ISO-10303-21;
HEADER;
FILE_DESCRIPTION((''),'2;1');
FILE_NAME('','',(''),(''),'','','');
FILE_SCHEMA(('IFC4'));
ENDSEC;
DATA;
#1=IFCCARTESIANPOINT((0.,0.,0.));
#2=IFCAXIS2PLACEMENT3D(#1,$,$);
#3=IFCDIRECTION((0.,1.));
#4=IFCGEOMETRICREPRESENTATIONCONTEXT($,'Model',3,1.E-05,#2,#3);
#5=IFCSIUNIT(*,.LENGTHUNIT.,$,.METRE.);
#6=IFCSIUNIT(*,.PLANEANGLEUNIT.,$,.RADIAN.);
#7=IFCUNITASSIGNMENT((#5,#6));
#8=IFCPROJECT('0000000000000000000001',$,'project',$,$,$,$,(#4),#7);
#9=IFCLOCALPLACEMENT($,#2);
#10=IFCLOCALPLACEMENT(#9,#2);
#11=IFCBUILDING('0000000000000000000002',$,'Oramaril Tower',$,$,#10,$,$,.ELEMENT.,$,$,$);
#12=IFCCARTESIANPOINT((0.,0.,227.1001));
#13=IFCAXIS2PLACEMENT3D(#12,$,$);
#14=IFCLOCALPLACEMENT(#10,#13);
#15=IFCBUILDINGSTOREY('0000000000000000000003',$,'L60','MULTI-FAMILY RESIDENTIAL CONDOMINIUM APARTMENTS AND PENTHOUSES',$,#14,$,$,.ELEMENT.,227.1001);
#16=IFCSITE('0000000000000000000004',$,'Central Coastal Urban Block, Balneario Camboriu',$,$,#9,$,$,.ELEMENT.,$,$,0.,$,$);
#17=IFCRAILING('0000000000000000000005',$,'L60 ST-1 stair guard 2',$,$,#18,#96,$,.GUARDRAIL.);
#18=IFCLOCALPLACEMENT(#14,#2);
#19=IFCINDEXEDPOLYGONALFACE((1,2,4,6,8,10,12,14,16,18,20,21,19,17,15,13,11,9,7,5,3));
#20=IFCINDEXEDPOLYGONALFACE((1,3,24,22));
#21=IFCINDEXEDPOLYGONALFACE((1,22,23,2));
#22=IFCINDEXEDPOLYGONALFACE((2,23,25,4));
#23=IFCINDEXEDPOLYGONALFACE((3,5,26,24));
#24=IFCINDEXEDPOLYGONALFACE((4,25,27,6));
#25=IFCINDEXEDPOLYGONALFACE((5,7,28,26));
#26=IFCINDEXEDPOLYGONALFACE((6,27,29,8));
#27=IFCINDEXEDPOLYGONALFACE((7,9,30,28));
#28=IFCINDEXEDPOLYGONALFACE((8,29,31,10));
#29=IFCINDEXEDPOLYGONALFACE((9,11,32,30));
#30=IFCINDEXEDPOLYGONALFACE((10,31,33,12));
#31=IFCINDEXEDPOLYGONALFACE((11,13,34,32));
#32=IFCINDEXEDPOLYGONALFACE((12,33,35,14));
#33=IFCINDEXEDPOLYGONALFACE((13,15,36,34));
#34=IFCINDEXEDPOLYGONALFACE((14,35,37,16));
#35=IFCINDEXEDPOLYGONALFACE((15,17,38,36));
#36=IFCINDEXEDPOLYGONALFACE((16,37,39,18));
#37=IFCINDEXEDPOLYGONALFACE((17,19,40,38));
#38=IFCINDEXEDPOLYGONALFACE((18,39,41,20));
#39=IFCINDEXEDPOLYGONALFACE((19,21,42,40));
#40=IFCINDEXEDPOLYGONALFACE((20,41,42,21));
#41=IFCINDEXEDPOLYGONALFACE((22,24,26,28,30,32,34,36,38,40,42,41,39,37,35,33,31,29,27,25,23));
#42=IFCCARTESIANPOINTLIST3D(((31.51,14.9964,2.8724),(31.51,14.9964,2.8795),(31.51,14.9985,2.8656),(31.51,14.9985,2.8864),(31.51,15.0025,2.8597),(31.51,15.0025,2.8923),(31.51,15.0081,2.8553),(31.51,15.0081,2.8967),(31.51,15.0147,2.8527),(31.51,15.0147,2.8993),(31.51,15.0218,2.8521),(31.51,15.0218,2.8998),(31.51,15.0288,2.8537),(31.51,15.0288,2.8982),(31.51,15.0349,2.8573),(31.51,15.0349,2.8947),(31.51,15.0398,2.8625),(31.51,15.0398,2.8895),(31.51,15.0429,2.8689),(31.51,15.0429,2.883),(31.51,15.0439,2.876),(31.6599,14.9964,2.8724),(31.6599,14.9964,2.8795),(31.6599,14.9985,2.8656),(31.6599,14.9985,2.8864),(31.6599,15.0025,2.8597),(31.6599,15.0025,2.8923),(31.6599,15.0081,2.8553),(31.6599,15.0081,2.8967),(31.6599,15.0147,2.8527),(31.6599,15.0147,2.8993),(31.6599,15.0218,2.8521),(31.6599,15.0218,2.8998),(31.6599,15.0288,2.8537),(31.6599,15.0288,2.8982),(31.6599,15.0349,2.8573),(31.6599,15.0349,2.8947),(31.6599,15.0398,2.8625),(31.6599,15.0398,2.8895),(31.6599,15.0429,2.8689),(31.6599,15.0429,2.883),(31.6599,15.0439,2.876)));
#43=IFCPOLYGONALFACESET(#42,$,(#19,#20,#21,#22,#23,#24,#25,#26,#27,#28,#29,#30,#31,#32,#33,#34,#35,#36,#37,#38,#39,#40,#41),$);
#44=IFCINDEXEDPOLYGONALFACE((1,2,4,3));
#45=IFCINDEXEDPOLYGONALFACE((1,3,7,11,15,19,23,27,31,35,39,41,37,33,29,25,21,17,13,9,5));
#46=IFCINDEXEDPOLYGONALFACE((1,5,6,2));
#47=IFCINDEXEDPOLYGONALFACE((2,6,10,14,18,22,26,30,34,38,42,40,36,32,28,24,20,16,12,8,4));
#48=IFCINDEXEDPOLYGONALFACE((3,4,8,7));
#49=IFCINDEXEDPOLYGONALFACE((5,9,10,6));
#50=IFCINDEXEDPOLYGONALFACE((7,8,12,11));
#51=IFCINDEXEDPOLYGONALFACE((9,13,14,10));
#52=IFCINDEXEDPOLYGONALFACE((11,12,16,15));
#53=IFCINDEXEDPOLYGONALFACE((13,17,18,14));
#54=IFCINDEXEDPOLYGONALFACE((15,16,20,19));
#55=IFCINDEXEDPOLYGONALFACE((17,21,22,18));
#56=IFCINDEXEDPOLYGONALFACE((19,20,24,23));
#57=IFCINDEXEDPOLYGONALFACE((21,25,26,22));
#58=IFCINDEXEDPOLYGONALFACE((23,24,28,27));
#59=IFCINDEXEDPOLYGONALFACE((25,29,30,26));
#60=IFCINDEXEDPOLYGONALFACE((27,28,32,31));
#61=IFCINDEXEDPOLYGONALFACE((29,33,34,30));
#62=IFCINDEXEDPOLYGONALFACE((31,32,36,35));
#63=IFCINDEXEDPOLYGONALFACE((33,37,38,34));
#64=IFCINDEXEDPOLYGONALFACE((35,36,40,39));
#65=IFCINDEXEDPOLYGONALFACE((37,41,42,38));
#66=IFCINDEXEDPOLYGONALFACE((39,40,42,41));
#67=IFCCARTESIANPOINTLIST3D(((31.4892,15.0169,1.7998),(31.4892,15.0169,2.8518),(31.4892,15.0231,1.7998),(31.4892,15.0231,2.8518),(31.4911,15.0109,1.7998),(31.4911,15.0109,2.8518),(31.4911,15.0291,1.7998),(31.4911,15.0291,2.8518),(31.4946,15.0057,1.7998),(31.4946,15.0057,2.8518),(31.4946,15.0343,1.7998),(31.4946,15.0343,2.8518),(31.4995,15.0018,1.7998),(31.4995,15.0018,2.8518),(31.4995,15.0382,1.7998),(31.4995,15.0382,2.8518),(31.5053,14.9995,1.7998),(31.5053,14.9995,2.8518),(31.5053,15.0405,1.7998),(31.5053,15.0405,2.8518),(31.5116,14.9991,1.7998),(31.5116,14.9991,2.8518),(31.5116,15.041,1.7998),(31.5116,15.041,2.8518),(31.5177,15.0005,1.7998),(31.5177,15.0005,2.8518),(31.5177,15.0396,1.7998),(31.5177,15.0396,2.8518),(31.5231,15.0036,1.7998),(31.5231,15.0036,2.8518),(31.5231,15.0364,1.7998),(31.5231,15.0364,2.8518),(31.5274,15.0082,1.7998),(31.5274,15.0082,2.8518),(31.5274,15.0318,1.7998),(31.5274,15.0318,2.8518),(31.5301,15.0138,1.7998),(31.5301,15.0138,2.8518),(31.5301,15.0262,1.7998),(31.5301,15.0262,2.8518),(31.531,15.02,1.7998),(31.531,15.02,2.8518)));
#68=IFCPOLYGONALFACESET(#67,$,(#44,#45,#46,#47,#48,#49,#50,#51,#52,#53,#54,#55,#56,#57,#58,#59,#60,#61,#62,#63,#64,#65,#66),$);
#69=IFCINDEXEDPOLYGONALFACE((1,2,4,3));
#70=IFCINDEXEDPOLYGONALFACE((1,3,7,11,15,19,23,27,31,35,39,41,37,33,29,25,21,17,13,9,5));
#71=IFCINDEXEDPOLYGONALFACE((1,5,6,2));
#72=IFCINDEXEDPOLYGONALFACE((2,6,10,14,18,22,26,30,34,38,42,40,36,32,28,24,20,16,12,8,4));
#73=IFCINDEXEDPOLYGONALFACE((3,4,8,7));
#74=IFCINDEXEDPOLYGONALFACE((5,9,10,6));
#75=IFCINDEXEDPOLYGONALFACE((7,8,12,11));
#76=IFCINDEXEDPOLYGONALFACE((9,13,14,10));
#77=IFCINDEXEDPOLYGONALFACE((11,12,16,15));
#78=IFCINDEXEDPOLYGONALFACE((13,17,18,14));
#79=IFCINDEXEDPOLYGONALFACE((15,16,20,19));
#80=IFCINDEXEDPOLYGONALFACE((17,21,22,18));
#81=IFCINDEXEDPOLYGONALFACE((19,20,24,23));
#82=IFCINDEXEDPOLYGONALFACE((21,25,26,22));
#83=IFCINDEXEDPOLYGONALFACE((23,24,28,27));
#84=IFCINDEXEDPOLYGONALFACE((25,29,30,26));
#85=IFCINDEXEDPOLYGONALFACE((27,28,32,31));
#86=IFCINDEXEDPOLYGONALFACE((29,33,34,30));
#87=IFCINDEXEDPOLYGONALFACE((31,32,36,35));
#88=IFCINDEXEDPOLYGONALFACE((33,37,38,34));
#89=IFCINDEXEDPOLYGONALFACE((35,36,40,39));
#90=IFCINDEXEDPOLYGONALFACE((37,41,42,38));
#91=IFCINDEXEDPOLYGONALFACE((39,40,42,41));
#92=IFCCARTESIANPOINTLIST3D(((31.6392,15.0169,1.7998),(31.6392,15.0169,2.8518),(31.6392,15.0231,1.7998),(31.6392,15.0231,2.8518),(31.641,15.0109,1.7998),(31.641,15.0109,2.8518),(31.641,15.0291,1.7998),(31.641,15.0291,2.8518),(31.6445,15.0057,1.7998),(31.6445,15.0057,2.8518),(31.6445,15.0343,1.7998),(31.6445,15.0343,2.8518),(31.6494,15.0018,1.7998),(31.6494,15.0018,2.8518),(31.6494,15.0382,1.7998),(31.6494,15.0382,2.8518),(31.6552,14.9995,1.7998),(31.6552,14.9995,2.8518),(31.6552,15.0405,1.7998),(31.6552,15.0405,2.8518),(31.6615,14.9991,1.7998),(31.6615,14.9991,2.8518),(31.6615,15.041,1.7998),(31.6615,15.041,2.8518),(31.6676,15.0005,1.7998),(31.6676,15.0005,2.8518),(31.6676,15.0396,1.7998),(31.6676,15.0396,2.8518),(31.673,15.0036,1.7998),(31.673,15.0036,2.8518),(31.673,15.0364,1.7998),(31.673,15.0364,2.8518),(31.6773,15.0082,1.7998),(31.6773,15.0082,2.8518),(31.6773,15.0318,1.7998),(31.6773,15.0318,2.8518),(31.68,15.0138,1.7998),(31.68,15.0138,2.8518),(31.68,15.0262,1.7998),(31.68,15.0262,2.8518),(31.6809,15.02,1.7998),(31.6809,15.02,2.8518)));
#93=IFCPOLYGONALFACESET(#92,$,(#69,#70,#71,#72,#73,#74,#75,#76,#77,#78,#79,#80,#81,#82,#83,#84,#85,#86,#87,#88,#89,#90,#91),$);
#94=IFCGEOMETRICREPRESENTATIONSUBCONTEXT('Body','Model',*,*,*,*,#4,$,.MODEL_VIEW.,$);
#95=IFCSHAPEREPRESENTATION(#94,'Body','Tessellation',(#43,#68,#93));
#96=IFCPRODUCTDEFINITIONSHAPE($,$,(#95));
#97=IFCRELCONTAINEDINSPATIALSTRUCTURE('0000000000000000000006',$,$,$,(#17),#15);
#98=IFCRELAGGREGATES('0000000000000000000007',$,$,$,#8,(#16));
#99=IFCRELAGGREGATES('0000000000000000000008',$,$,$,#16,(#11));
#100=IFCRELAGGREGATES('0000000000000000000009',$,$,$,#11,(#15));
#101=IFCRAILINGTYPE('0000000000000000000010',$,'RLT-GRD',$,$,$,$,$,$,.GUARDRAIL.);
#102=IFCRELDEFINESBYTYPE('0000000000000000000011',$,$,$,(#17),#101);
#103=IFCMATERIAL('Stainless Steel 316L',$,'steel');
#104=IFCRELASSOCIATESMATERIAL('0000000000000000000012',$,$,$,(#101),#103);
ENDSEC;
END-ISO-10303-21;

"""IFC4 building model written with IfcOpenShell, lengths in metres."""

from ifc_helpers import new_model, si_unit, direction, frame, origin, origin_2d, place, context, subcontext, project, spatial, circle, extrude, material, type_object, element, save


model = new_model("IFC4")

# Units and contexts
model_context = context("Model", 3, precision=1e-05, world=origin(), true_north=direction((0.0, 1.0)))
body_context = subcontext(model_context, "Body", "Model", "MODEL_VIEW")
ifc_project = project(units=[si_unit("LENGTHUNIT", "METRE"), si_unit("PLANEANGLEUNIT", "RADIAN")], contexts=[model_context])

# Site, building, storey
site_placement = place(None, origin())
site = spatial("IfcSite", under=ifc_project, at=site_placement, Name="Central Coastal Urban Block, Balneario Camboriu", CompositionType="ELEMENT", RefElevation=0.0)
building_placement = place(site_placement, origin())
building = spatial("IfcBuilding", under=site, at=building_placement, Name="Oramaril Tower", CompositionType="ELEMENT")
storey_placement = place(building_placement, frame((0.0, 0.0, 227.1001)))
storey = spatial("IfcBuildingStorey", under=building, at=storey_placement, Name="L60", Description="MULTI-FAMILY RESIDENTIAL CONDOMINIUM APARTMENTS AND PENTHOUSES", CompositionType="ELEMENT", Elevation=227.1001)

# Railing
ifc_material_1 = material(Name="Stainless Steel 316L", Category="steel")
railing_type_1 = type_object("IfcRailingType", Name="RLT-GRD", PredefinedType="GUARDRAIL", material=ifc_material_1)
railing_1_placement = place(storey_placement, frame((31.51, 15.02, 1.7998)))
element("IfcRailing", 1, at=railing_1_placement, inside=storey, type_object=railing_type_1, Name="L60 ST-1 stair guard 2", PredefinedType="GUARDRAIL", context=body_context, shape_type="SweptSolid", body=[
    extrude(circle(Radius=0.0239, at=origin_2d()), frame((0.0, 0.0, 1.0762), z_axis=(1.0, 0.0, 0.0), x_axis=(0.0, 1.0, 0.0)), (0.0, 0.0, 1.0), 0.1499),
    extrude(circle(Radius=0.021, at=origin_2d()), origin(), (0.0, 0.0, 1.0), 1.052),
    extrude(circle(Radius=0.021, at=origin_2d()), frame((0.1499, 0.0, 0.0)), (0.0, 0.0, 1.0), 1.052),
])

save(model, "model.ifc")
